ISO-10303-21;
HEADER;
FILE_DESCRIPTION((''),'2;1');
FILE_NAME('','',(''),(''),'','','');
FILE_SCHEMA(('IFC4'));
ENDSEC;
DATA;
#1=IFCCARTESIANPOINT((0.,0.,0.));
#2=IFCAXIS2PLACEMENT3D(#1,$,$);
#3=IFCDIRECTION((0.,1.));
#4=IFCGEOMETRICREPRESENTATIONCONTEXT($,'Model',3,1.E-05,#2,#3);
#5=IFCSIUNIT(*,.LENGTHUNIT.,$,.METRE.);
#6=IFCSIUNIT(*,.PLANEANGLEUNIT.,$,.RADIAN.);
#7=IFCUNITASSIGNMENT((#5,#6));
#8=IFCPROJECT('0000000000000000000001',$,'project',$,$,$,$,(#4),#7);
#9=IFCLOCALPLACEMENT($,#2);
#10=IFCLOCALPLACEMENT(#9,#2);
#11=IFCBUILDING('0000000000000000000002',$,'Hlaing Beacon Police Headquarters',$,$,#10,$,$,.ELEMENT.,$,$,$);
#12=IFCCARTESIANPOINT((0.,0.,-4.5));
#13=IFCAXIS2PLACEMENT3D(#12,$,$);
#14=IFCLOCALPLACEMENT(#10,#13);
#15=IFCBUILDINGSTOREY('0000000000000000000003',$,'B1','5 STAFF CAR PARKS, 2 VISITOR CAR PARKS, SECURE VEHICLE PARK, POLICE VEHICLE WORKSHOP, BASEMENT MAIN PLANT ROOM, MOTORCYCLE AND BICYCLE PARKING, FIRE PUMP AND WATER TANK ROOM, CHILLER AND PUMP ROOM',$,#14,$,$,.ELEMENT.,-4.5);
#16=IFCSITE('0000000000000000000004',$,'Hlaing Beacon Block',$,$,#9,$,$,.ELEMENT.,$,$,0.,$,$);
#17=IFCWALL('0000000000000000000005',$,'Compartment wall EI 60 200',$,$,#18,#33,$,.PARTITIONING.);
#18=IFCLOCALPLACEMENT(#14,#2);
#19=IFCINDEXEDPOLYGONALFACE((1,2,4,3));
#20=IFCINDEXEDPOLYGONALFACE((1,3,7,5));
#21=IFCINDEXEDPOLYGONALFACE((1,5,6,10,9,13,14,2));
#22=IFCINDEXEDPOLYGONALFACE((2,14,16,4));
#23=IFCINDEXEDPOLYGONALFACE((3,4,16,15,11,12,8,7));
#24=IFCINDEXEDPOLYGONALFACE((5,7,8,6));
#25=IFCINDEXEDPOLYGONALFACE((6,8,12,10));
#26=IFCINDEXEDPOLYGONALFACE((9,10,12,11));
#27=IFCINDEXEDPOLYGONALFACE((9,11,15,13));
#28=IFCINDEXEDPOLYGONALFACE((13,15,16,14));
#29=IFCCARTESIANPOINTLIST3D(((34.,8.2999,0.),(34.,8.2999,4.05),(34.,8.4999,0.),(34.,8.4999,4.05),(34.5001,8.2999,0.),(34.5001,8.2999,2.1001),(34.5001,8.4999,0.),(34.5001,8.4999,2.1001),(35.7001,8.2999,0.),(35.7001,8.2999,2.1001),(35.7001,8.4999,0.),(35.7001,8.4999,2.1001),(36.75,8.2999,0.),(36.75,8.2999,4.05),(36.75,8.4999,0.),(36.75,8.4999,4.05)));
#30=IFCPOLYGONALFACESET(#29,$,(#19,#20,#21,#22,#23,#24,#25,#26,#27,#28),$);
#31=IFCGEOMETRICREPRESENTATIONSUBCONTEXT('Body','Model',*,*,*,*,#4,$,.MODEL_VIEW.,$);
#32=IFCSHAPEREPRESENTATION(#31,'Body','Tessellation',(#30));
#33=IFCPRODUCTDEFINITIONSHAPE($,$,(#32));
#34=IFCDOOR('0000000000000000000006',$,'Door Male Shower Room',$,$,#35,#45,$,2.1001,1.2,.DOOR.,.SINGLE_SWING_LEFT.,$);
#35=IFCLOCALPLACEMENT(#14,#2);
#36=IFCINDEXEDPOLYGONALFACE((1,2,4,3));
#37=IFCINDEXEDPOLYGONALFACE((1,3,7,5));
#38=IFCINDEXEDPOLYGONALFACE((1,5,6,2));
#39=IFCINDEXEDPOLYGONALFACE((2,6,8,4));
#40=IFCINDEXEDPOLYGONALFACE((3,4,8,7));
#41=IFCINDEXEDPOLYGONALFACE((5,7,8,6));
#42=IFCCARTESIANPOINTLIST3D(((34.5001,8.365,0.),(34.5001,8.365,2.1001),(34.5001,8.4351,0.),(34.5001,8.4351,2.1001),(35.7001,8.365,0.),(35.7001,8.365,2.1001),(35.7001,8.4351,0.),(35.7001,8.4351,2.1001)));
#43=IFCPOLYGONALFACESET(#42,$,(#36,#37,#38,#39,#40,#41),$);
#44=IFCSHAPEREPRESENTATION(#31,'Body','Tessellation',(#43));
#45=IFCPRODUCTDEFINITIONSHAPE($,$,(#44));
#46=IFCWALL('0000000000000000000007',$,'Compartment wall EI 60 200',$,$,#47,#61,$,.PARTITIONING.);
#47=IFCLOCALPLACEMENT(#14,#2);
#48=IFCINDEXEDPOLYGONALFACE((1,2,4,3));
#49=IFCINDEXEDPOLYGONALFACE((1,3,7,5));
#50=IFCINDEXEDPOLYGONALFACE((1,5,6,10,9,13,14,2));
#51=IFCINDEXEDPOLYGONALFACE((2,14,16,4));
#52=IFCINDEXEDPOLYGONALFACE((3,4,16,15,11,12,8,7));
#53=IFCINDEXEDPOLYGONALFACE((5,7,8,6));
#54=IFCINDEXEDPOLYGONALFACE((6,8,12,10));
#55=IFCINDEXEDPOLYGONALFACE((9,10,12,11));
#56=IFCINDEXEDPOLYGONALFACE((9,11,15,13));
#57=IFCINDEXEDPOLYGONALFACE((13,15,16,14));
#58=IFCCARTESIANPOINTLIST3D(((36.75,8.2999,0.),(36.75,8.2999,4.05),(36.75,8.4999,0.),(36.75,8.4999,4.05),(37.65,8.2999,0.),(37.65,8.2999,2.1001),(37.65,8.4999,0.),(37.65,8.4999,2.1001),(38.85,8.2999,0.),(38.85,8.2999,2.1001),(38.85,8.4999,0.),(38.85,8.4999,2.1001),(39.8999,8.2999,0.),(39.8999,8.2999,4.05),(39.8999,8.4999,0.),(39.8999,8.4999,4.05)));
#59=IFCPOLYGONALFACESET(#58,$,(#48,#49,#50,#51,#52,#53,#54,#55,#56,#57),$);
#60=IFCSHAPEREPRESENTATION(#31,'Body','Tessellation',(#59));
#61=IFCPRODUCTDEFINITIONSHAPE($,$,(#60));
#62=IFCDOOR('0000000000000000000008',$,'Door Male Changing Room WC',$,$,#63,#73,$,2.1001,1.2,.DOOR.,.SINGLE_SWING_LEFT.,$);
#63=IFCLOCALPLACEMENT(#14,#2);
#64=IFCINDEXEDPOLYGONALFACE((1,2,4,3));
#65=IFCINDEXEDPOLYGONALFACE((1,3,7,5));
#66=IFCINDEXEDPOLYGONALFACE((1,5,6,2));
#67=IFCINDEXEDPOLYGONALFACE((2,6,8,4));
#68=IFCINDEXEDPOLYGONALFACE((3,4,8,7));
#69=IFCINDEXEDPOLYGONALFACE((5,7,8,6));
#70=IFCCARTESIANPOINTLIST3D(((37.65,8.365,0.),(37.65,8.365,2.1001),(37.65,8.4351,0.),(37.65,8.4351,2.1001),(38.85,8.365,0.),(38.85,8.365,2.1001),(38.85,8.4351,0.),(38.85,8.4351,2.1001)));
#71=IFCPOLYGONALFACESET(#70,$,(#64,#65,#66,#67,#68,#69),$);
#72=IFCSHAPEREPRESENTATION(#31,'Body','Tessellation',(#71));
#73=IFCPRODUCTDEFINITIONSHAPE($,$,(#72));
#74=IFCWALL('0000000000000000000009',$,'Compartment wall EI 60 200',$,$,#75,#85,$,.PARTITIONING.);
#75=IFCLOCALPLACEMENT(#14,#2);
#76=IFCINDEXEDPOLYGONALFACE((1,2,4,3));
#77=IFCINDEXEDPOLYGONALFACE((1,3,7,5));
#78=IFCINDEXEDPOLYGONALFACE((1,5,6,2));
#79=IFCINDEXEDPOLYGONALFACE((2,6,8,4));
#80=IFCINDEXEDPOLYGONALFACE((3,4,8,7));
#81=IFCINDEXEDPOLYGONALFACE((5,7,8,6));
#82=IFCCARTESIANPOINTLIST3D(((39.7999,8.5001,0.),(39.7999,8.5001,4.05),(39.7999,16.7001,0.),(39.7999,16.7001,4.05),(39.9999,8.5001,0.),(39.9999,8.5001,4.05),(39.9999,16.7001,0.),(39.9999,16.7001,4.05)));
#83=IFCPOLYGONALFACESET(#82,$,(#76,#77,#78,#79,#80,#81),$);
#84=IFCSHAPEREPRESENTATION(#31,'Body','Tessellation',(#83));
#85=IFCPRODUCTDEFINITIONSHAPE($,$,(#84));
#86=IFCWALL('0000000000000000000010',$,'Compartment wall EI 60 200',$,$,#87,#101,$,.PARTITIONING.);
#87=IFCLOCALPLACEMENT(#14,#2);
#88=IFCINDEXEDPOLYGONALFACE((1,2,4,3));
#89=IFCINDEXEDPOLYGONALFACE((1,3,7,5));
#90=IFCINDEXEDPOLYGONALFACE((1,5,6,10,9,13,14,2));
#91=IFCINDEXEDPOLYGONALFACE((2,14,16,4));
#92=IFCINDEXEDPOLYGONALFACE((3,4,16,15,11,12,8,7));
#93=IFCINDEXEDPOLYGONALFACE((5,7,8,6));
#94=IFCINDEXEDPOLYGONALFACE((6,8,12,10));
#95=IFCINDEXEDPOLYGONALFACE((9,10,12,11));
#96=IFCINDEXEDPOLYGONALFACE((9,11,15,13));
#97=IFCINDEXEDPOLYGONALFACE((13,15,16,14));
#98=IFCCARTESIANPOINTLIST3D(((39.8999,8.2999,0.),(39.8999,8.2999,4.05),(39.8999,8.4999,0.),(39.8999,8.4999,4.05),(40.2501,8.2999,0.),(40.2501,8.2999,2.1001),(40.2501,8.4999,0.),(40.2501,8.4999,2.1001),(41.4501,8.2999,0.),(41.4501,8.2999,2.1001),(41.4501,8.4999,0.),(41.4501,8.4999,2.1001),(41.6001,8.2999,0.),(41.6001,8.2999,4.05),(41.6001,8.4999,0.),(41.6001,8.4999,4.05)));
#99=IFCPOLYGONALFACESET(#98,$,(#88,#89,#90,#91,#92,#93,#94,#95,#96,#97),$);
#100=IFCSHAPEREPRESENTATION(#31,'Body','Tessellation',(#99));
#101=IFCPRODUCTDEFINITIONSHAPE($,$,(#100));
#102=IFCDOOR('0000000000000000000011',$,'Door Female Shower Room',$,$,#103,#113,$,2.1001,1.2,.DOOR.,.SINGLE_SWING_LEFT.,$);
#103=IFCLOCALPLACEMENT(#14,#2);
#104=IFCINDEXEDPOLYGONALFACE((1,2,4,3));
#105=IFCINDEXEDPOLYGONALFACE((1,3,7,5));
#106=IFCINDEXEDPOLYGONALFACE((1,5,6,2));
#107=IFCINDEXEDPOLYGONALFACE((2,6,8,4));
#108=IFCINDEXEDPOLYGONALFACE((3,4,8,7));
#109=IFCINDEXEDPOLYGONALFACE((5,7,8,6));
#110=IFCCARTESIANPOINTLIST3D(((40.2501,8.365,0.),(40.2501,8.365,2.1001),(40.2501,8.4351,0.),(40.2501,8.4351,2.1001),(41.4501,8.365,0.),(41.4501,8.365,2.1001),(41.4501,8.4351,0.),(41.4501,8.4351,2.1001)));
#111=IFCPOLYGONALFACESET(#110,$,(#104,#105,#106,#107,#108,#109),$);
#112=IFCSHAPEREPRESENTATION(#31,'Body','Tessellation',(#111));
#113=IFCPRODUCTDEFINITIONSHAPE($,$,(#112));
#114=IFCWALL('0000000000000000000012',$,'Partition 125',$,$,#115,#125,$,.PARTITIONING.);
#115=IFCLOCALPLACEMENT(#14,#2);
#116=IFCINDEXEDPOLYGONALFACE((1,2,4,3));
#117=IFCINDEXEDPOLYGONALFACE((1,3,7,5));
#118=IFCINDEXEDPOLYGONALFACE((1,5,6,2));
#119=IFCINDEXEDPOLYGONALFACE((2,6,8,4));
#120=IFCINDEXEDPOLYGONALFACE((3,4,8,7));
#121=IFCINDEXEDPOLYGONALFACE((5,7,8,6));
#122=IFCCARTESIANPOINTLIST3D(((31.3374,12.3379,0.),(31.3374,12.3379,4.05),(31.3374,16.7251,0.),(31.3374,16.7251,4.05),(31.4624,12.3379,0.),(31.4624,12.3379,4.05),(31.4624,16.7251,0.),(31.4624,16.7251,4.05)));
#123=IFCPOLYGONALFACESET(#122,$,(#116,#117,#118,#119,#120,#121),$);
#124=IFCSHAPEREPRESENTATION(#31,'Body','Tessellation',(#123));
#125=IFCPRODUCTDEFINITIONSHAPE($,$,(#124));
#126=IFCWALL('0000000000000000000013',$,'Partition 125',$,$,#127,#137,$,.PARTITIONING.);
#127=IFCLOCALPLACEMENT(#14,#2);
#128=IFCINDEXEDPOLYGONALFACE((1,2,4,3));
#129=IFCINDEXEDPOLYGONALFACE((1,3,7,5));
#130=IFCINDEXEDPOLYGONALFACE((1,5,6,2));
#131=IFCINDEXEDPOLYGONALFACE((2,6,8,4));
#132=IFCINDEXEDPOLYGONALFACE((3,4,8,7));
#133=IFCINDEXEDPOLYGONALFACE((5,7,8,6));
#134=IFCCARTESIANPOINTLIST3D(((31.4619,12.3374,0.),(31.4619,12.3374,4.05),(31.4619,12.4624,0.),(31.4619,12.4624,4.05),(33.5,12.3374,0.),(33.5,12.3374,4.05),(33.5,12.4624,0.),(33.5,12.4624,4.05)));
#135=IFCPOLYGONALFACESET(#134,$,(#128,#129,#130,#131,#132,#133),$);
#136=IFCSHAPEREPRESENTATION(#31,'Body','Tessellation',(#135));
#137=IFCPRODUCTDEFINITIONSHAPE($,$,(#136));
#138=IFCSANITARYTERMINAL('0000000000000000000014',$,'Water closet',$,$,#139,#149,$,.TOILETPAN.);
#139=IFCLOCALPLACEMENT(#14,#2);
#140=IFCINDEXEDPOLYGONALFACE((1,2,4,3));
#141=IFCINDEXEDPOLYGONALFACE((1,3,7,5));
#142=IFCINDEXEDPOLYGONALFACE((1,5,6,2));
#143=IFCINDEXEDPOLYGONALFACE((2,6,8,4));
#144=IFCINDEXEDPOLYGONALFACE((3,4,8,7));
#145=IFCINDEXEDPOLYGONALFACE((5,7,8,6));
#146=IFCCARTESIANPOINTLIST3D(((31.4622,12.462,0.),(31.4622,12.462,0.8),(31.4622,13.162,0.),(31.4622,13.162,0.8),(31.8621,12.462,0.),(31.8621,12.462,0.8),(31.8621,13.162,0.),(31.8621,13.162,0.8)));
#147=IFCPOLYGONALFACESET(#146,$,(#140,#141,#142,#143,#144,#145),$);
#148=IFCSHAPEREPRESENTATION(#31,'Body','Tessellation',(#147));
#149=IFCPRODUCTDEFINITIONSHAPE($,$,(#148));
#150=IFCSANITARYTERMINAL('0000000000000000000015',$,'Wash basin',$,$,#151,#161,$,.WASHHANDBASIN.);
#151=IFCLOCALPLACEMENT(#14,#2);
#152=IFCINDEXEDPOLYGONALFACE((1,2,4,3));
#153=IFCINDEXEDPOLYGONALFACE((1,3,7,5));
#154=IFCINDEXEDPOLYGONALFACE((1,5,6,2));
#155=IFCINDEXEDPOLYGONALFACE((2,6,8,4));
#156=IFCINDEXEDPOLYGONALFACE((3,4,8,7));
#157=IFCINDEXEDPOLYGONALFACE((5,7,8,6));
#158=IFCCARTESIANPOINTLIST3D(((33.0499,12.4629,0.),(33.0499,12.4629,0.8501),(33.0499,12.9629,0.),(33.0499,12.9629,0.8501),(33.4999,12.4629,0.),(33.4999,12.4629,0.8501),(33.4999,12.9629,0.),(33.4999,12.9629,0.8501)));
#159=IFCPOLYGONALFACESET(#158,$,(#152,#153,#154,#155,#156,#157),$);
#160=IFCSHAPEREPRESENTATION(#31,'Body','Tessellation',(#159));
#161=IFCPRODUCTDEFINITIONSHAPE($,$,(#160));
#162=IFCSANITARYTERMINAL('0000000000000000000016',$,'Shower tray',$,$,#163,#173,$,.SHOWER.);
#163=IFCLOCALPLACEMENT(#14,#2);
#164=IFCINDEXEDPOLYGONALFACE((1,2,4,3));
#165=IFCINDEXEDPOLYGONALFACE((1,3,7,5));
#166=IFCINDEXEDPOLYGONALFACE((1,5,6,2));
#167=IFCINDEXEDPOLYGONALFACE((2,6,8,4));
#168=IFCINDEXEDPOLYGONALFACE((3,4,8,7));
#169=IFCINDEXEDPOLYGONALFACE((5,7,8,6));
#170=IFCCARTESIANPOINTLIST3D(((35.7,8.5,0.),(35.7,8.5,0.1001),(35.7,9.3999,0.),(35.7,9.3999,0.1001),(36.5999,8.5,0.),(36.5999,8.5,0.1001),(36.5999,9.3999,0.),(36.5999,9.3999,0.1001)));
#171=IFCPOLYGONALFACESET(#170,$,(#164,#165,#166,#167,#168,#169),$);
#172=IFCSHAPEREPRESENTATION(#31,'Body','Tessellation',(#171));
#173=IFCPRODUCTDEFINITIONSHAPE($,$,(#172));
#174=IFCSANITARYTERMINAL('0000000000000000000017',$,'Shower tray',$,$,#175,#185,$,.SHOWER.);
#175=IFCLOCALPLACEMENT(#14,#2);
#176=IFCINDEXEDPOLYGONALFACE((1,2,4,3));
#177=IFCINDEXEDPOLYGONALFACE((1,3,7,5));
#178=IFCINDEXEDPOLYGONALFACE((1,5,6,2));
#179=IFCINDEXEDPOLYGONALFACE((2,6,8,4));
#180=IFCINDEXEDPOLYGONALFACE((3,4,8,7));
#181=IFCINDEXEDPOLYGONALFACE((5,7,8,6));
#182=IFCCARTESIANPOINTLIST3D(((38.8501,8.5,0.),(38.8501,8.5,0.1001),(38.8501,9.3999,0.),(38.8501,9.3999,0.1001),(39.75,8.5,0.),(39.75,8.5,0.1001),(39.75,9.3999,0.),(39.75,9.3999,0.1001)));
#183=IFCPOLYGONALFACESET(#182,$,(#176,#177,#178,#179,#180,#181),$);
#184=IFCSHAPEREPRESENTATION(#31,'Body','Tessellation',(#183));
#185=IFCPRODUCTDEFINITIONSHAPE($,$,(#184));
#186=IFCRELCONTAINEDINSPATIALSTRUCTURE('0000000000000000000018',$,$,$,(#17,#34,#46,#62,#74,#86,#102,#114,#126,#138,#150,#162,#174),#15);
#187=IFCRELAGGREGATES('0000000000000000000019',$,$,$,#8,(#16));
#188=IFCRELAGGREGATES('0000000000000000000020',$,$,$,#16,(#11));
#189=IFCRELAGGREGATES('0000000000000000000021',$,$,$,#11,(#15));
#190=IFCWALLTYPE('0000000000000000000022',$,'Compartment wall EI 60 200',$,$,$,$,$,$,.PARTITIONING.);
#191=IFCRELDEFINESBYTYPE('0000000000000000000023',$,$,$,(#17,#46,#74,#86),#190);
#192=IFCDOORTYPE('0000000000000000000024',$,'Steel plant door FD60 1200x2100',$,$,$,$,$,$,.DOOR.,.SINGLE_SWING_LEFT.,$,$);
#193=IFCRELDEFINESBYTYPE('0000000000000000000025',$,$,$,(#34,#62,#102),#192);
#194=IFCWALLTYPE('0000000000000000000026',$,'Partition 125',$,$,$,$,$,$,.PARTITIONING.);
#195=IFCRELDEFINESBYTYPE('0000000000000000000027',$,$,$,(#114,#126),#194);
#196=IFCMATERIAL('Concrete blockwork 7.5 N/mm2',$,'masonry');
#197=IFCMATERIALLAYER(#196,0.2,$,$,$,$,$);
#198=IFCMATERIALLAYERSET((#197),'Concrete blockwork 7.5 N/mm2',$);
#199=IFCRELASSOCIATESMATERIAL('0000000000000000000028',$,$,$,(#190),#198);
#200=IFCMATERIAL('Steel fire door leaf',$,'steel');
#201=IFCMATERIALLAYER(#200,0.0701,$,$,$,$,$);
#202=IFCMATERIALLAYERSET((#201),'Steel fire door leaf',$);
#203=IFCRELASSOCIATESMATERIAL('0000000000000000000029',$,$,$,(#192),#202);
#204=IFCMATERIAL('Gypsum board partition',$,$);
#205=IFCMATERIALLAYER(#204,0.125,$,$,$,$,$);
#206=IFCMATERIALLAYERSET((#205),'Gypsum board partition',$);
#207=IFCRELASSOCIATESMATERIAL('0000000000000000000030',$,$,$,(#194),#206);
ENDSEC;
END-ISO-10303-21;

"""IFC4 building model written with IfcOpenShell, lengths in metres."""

from ifc_helpers import new_model, si_unit, direction, frame, frame_2d, origin, origin_2d, place, context, subcontext, project, spatial, rectangle, extrude, material, layer, layer_set, type_object, element, fill, save


model = new_model("IFC4")

# Units and contexts
model_context = context("Model", 3, precision=1e-05, world=origin(), true_north=direction((0.0, 1.0)))
body_context = subcontext(model_context, "Body", "Model", "MODEL_VIEW")
ifc_project = project(units=[si_unit("LENGTHUNIT", "METRE"), si_unit("PLANEANGLEUNIT", "RADIAN")], contexts=[model_context])

# Site, building, storey
site_placement = place(None, origin())
site = spatial("IfcSite", under=ifc_project, at=site_placement, Name="Hlaing Beacon Block", CompositionType="ELEMENT", RefElevation=0.0)
building_placement = place(site_placement, origin())
building = spatial("IfcBuilding", under=site, at=building_placement, Name="Hlaing Beacon Police Headquarters", CompositionType="ELEMENT")
storey_placement = place(building_placement, frame((0.0, 0.0, -4.5)))
storey = spatial("IfcBuildingStorey", under=building, at=storey_placement, Name="B1", Description="5 STAFF CAR PARKS, 2 VISITOR CAR PARKS, SECURE VEHICLE PARK, POLICE VEHICLE WORKSHOP, BASEMENT MAIN PLANT ROOM, MOTORCYCLE AND BICYCLE PARKING, FIRE PUMP AND WATER TANK ROOM, CHILLER AND PUMP ROOM", CompositionType="ELEMENT", Elevation=-4.5)

# Shared definitions
ifc_material_1 = material(Name="Concrete blockwork 7.5 N/mm2", Category="masonry")
ifc_layer_1 = layer(ifc_material_1, 0.2)
ifc_layer_set_1 = layer_set([ifc_layer_1], Name="Concrete blockwork 7.5 N/mm2")
wall_type_1 = type_object("IfcWallType", Name="Compartment wall EI 60 200", PredefinedType="PARTITIONING", material=ifc_layer_set_1)

# Walls, openings, doors
wall_1_placement = place(storey_placement, frame((34.0, 8.3999, 0.0), z_axis=(0.0, 0.0, 1.0), x_axis=(1.0, 0.0, 0.0)))
wall_1 = element("IfcWall", 1, at=wall_1_placement, inside=storey, type_object=wall_type_1, Name="Compartment wall EI 60 200", PredefinedType="PARTITIONING", context=body_context, shape_type="SweptSolid", body=[
    extrude(rectangle(XDim=2.75, YDim=0.2, at=frame_2d((1.375, 0.0))), origin(), (0.0, 0.0, 1.0), 4.05),
])
opening_1_placement = place(wall_1_placement, frame((0.5, 0.0, 0.0)))
opening_1 = element("IfcOpeningElement", 2, at=opening_1_placement, cuts=wall_1, PredefinedType="OPENING", context=body_context, shape_type="SweptSolid", body=[
    extrude(rectangle(XDim=1.2, YDim=2.1001, at=frame_2d((0.6001, 1.05))), frame((0.0, 0.1099, 0.0), z_axis=(0.0, -1.0, 0.0), x_axis=(1.0, 0.0, 0.0)), (0.0, 0.0, 1.0), 0.22),
])
ifc_material_2 = material(Name="Steel fire door leaf", Category="steel")
ifc_layer_2 = layer(ifc_material_2, 0.0701)
ifc_layer_set_2 = layer_set([ifc_layer_2], Name="Steel fire door leaf")
door_type = type_object("IfcDoorType", Name="Steel plant door FD60 1200x2100", OperationType="SINGLE_SWING_LEFT", PredefinedType="DOOR", material=ifc_layer_set_2)
door_1_placement = place(opening_1_placement, frame((1.2, 0.0, 0.0), z_axis=(0.0, 0.0, 1.0), x_axis=(-1.0, 0.0, 0.0)))
door_1 = element("IfcDoor", 3, at=door_1_placement, inside=storey, type_object=door_type, Name="Door Male Shower Room", OperationType="SINGLE_SWING_LEFT", OverallHeight=2.1001, OverallWidth=1.2, PredefinedType="DOOR", context=body_context, shape_type="SweptSolid", body=[
    extrude(rectangle(XDim=1.2, YDim=2.1001, at=frame_2d((0.5999, 1.05))), frame((0.0, 0.0349, 0.0), z_axis=(0.0, -1.0, 0.0), x_axis=(1.0, 0.0, 0.0)), (0.0, 0.0, 1.0), 0.0701),
])
fill(opening_1, door_1)
wall_2_placement = place(storey_placement, frame((36.75, 8.3999, 0.0), z_axis=(0.0, 0.0, 1.0), x_axis=(1.0, 0.0, 0.0)))
wall_2 = element("IfcWall", 4, at=wall_2_placement, inside=storey, type_object=wall_type_1, Name="Compartment wall EI 60 200", PredefinedType="PARTITIONING", context=body_context, shape_type="SweptSolid", body=[
    extrude(rectangle(XDim=3.1499, YDim=0.2, at=frame_2d((1.575, 0.0))), origin(), (0.0, 0.0, 1.0), 4.05),
])
opening_2_placement = place(wall_2_placement, frame((0.8999, 0.0, 0.0)))
opening_2 = element("IfcOpeningElement", 5, at=opening_2_placement, cuts=wall_2, PredefinedType="OPENING", context=body_context, shape_type="SweptSolid", body=[
    extrude(rectangle(XDim=1.2, YDim=2.1001, at=frame_2d((0.6001, 1.05))), frame((0.0, 0.1099, 0.0), z_axis=(0.0, -1.0, 0.0), x_axis=(1.0, 0.0, 0.0)), (0.0, 0.0, 1.0), 0.22),
])
door_2_placement = place(opening_2_placement, frame((1.2, 0.0, 0.0), z_axis=(0.0, 0.0, 1.0), x_axis=(-1.0, 0.0, 0.0)))
door_2 = element("IfcDoor", 6, at=door_2_placement, inside=storey, type_object=door_type, Name="Door Male Changing Room WC", OperationType="SINGLE_SWING_LEFT", OverallHeight=2.1001, OverallWidth=1.2, PredefinedType="DOOR", context=body_context, shape_type="SweptSolid", body=[
    extrude(rectangle(XDim=1.2, YDim=2.1001, at=frame_2d((0.5999, 1.05))), frame((0.0, 0.0349, 0.0), z_axis=(0.0, -1.0, 0.0), x_axis=(1.0, 0.0, 0.0)), (0.0, 0.0, 1.0), 0.0701),
])
fill(opening_2, door_2)

# Wall
wall_3_placement = place(storey_placement, frame((39.8999, 8.5, 0.0), z_axis=(0.0, 0.0, 1.0), x_axis=(0.0, 1.0, 0.0)))
element("IfcWall", 7, at=wall_3_placement, inside=storey, type_object=wall_type_1, Name="Compartment wall EI 60 200", PredefinedType="PARTITIONING", context=body_context, shape_type="SweptSolid", body=[
    extrude(rectangle(XDim=8.2, YDim=0.2, at=frame_2d((4.1001, 0.0))), origin(), (0.0, 0.0, 1.0), 4.05),
])

# Wall, opening, door
wall_4_placement = place(storey_placement, frame((39.8999, 8.3999, 0.0), z_axis=(0.0, 0.0, 1.0), x_axis=(1.0, 0.0, 0.0)))
wall_4 = element("IfcWall", 8, at=wall_4_placement, inside=storey, type_object=wall_type_1, Name="Compartment wall EI 60 200", PredefinedType="PARTITIONING", context=body_context, shape_type="SweptSolid", body=[
    extrude(rectangle(XDim=1.7002, YDim=0.2, at=frame_2d((0.8501, 0.0))), origin(), (0.0, 0.0, 1.0), 4.05),
])
opening_3_placement = place(wall_4_placement, frame((0.3501, 0.0, 0.0)))
opening_3 = element("IfcOpeningElement", 9, at=opening_3_placement, cuts=wall_4, PredefinedType="OPENING", context=body_context, shape_type="SweptSolid", body=[
    extrude(rectangle(XDim=1.2, YDim=2.1001, at=frame_2d((0.6001, 1.05))), frame((0.0, 0.1099, 0.0), z_axis=(0.0, -1.0, 0.0), x_axis=(1.0, 0.0, 0.0)), (0.0, 0.0, 1.0), 0.22),
])
door_3_placement = place(opening_3_placement, frame((1.2, 0.0, 0.0), z_axis=(0.0, 0.0, 1.0), x_axis=(-1.0, 0.0, 0.0)))
door_3 = element("IfcDoor", 10, at=door_3_placement, inside=storey, type_object=door_type, Name="Door Female Shower Room", OperationType="SINGLE_SWING_LEFT", OverallHeight=2.1001, OverallWidth=1.2, PredefinedType="DOOR", context=body_context, shape_type="SweptSolid", body=[
    extrude(rectangle(XDim=1.2, YDim=2.1001, at=frame_2d((0.5999, 1.05))), frame((0.0, 0.0349, 0.0), z_axis=(0.0, -1.0, 0.0), x_axis=(1.0, 0.0, 0.0)), (0.0, 0.0, 1.0), 0.0701),
])
fill(opening_3, door_3)

# Walls
ifc_material_3 = material(Name="Gypsum board partition")
ifc_layer_3 = layer(ifc_material_3, 0.125)
ifc_layer_set_3 = layer_set([ifc_layer_3], Name="Gypsum board partition")
wall_type_2 = type_object("IfcWallType", Name="Partition 125", PredefinedType="PARTITIONING", material=ifc_layer_set_3)
wall_5_placement = place(storey_placement, frame((31.3999, 12.3379, 0.0), z_axis=(0.0, 0.0, 1.0), x_axis=(0.0, 1.0, 0.0)))
element("IfcWall", 11, at=wall_5_placement, inside=storey, type_object=wall_type_2, Name="Partition 125", PredefinedType="PARTITIONING", context=body_context, shape_type="SweptSolid", body=[
    extrude(rectangle(XDim=4.3872, YDim=0.125, at=frame_2d((2.1936, 0.0))), origin(), (0.0, 0.0, 1.0), 4.05),
])
wall_6_placement = place(storey_placement, frame((31.4619, 12.3999, 0.0), z_axis=(0.0, 0.0, 1.0), x_axis=(1.0, 0.0, 0.0)))
element("IfcWall", 12, at=wall_6_placement, inside=storey, type_object=wall_type_2, Name="Partition 125", PredefinedType="PARTITIONING", context=body_context, shape_type="SweptSolid", body=[
    extrude(rectangle(XDim=2.0381, YDim=0.125, at=frame_2d((1.019, 0.0))), origin(), (0.0, 0.0, 1.0), 4.05),
])

# Sanitary terminals
sanitary_terminal_1_placement = place(storey_placement, frame((31.6621, 12.812, 0.0), z_axis=(0.0, 0.0, 1.0), x_axis=(1.0, 0.0, 0.0)))
element("IfcSanitaryTerminal", 13, at=sanitary_terminal_1_placement, inside=storey, Name="Water closet", PredefinedType="TOILETPAN", context=body_context, shape_type="SweptSolid", body=[
    extrude(rectangle(XDim=0.3999, YDim=0.7, at=origin_2d()), origin(), (0.0, 0.0, 1.0), 0.8),
])
sanitary_terminal_2_placement = place(storey_placement, frame((33.2749, 12.7129, 0.0), z_axis=(0.0, 0.0, 1.0), x_axis=(1.0, 0.0, 0.0)))
element("IfcSanitaryTerminal", 14, at=sanitary_terminal_2_placement, inside=storey, Name="Wash basin", PredefinedType="WASHHANDBASIN", context=body_context, shape_type="SweptSolid", body=[
    extrude(rectangle(XDim=0.45, YDim=0.5, at=origin_2d()), origin(), (0.0, 0.0, 1.0), 0.8501),
])
for number, where, z_axis, x_axis, name in (
    (15, (36.1499, 8.95, 0.0), (0.0, 0.0, 1.0), (1.0, 0.0, 0.0), "Shower tray"),
    (16, (39.3, 8.95, 0.0), (0.0, 0.0, 1.0), (1.0, 0.0, 0.0), "Shower tray"),
):
    element("IfcSanitaryTerminal", number, at=place(storey_placement, frame(where, z_axis=z_axis, x_axis=x_axis)), inside=storey, Name=name, PredefinedType="SHOWER", context=body_context, shape_type="SweptSolid", body=[
        extrude(rectangle(XDim=0.8999, YDim=0.8999, at=origin_2d()), origin(), (0.0, 0.0, 1.0), 0.1001),
    ])

save(model, "model.ifc")
